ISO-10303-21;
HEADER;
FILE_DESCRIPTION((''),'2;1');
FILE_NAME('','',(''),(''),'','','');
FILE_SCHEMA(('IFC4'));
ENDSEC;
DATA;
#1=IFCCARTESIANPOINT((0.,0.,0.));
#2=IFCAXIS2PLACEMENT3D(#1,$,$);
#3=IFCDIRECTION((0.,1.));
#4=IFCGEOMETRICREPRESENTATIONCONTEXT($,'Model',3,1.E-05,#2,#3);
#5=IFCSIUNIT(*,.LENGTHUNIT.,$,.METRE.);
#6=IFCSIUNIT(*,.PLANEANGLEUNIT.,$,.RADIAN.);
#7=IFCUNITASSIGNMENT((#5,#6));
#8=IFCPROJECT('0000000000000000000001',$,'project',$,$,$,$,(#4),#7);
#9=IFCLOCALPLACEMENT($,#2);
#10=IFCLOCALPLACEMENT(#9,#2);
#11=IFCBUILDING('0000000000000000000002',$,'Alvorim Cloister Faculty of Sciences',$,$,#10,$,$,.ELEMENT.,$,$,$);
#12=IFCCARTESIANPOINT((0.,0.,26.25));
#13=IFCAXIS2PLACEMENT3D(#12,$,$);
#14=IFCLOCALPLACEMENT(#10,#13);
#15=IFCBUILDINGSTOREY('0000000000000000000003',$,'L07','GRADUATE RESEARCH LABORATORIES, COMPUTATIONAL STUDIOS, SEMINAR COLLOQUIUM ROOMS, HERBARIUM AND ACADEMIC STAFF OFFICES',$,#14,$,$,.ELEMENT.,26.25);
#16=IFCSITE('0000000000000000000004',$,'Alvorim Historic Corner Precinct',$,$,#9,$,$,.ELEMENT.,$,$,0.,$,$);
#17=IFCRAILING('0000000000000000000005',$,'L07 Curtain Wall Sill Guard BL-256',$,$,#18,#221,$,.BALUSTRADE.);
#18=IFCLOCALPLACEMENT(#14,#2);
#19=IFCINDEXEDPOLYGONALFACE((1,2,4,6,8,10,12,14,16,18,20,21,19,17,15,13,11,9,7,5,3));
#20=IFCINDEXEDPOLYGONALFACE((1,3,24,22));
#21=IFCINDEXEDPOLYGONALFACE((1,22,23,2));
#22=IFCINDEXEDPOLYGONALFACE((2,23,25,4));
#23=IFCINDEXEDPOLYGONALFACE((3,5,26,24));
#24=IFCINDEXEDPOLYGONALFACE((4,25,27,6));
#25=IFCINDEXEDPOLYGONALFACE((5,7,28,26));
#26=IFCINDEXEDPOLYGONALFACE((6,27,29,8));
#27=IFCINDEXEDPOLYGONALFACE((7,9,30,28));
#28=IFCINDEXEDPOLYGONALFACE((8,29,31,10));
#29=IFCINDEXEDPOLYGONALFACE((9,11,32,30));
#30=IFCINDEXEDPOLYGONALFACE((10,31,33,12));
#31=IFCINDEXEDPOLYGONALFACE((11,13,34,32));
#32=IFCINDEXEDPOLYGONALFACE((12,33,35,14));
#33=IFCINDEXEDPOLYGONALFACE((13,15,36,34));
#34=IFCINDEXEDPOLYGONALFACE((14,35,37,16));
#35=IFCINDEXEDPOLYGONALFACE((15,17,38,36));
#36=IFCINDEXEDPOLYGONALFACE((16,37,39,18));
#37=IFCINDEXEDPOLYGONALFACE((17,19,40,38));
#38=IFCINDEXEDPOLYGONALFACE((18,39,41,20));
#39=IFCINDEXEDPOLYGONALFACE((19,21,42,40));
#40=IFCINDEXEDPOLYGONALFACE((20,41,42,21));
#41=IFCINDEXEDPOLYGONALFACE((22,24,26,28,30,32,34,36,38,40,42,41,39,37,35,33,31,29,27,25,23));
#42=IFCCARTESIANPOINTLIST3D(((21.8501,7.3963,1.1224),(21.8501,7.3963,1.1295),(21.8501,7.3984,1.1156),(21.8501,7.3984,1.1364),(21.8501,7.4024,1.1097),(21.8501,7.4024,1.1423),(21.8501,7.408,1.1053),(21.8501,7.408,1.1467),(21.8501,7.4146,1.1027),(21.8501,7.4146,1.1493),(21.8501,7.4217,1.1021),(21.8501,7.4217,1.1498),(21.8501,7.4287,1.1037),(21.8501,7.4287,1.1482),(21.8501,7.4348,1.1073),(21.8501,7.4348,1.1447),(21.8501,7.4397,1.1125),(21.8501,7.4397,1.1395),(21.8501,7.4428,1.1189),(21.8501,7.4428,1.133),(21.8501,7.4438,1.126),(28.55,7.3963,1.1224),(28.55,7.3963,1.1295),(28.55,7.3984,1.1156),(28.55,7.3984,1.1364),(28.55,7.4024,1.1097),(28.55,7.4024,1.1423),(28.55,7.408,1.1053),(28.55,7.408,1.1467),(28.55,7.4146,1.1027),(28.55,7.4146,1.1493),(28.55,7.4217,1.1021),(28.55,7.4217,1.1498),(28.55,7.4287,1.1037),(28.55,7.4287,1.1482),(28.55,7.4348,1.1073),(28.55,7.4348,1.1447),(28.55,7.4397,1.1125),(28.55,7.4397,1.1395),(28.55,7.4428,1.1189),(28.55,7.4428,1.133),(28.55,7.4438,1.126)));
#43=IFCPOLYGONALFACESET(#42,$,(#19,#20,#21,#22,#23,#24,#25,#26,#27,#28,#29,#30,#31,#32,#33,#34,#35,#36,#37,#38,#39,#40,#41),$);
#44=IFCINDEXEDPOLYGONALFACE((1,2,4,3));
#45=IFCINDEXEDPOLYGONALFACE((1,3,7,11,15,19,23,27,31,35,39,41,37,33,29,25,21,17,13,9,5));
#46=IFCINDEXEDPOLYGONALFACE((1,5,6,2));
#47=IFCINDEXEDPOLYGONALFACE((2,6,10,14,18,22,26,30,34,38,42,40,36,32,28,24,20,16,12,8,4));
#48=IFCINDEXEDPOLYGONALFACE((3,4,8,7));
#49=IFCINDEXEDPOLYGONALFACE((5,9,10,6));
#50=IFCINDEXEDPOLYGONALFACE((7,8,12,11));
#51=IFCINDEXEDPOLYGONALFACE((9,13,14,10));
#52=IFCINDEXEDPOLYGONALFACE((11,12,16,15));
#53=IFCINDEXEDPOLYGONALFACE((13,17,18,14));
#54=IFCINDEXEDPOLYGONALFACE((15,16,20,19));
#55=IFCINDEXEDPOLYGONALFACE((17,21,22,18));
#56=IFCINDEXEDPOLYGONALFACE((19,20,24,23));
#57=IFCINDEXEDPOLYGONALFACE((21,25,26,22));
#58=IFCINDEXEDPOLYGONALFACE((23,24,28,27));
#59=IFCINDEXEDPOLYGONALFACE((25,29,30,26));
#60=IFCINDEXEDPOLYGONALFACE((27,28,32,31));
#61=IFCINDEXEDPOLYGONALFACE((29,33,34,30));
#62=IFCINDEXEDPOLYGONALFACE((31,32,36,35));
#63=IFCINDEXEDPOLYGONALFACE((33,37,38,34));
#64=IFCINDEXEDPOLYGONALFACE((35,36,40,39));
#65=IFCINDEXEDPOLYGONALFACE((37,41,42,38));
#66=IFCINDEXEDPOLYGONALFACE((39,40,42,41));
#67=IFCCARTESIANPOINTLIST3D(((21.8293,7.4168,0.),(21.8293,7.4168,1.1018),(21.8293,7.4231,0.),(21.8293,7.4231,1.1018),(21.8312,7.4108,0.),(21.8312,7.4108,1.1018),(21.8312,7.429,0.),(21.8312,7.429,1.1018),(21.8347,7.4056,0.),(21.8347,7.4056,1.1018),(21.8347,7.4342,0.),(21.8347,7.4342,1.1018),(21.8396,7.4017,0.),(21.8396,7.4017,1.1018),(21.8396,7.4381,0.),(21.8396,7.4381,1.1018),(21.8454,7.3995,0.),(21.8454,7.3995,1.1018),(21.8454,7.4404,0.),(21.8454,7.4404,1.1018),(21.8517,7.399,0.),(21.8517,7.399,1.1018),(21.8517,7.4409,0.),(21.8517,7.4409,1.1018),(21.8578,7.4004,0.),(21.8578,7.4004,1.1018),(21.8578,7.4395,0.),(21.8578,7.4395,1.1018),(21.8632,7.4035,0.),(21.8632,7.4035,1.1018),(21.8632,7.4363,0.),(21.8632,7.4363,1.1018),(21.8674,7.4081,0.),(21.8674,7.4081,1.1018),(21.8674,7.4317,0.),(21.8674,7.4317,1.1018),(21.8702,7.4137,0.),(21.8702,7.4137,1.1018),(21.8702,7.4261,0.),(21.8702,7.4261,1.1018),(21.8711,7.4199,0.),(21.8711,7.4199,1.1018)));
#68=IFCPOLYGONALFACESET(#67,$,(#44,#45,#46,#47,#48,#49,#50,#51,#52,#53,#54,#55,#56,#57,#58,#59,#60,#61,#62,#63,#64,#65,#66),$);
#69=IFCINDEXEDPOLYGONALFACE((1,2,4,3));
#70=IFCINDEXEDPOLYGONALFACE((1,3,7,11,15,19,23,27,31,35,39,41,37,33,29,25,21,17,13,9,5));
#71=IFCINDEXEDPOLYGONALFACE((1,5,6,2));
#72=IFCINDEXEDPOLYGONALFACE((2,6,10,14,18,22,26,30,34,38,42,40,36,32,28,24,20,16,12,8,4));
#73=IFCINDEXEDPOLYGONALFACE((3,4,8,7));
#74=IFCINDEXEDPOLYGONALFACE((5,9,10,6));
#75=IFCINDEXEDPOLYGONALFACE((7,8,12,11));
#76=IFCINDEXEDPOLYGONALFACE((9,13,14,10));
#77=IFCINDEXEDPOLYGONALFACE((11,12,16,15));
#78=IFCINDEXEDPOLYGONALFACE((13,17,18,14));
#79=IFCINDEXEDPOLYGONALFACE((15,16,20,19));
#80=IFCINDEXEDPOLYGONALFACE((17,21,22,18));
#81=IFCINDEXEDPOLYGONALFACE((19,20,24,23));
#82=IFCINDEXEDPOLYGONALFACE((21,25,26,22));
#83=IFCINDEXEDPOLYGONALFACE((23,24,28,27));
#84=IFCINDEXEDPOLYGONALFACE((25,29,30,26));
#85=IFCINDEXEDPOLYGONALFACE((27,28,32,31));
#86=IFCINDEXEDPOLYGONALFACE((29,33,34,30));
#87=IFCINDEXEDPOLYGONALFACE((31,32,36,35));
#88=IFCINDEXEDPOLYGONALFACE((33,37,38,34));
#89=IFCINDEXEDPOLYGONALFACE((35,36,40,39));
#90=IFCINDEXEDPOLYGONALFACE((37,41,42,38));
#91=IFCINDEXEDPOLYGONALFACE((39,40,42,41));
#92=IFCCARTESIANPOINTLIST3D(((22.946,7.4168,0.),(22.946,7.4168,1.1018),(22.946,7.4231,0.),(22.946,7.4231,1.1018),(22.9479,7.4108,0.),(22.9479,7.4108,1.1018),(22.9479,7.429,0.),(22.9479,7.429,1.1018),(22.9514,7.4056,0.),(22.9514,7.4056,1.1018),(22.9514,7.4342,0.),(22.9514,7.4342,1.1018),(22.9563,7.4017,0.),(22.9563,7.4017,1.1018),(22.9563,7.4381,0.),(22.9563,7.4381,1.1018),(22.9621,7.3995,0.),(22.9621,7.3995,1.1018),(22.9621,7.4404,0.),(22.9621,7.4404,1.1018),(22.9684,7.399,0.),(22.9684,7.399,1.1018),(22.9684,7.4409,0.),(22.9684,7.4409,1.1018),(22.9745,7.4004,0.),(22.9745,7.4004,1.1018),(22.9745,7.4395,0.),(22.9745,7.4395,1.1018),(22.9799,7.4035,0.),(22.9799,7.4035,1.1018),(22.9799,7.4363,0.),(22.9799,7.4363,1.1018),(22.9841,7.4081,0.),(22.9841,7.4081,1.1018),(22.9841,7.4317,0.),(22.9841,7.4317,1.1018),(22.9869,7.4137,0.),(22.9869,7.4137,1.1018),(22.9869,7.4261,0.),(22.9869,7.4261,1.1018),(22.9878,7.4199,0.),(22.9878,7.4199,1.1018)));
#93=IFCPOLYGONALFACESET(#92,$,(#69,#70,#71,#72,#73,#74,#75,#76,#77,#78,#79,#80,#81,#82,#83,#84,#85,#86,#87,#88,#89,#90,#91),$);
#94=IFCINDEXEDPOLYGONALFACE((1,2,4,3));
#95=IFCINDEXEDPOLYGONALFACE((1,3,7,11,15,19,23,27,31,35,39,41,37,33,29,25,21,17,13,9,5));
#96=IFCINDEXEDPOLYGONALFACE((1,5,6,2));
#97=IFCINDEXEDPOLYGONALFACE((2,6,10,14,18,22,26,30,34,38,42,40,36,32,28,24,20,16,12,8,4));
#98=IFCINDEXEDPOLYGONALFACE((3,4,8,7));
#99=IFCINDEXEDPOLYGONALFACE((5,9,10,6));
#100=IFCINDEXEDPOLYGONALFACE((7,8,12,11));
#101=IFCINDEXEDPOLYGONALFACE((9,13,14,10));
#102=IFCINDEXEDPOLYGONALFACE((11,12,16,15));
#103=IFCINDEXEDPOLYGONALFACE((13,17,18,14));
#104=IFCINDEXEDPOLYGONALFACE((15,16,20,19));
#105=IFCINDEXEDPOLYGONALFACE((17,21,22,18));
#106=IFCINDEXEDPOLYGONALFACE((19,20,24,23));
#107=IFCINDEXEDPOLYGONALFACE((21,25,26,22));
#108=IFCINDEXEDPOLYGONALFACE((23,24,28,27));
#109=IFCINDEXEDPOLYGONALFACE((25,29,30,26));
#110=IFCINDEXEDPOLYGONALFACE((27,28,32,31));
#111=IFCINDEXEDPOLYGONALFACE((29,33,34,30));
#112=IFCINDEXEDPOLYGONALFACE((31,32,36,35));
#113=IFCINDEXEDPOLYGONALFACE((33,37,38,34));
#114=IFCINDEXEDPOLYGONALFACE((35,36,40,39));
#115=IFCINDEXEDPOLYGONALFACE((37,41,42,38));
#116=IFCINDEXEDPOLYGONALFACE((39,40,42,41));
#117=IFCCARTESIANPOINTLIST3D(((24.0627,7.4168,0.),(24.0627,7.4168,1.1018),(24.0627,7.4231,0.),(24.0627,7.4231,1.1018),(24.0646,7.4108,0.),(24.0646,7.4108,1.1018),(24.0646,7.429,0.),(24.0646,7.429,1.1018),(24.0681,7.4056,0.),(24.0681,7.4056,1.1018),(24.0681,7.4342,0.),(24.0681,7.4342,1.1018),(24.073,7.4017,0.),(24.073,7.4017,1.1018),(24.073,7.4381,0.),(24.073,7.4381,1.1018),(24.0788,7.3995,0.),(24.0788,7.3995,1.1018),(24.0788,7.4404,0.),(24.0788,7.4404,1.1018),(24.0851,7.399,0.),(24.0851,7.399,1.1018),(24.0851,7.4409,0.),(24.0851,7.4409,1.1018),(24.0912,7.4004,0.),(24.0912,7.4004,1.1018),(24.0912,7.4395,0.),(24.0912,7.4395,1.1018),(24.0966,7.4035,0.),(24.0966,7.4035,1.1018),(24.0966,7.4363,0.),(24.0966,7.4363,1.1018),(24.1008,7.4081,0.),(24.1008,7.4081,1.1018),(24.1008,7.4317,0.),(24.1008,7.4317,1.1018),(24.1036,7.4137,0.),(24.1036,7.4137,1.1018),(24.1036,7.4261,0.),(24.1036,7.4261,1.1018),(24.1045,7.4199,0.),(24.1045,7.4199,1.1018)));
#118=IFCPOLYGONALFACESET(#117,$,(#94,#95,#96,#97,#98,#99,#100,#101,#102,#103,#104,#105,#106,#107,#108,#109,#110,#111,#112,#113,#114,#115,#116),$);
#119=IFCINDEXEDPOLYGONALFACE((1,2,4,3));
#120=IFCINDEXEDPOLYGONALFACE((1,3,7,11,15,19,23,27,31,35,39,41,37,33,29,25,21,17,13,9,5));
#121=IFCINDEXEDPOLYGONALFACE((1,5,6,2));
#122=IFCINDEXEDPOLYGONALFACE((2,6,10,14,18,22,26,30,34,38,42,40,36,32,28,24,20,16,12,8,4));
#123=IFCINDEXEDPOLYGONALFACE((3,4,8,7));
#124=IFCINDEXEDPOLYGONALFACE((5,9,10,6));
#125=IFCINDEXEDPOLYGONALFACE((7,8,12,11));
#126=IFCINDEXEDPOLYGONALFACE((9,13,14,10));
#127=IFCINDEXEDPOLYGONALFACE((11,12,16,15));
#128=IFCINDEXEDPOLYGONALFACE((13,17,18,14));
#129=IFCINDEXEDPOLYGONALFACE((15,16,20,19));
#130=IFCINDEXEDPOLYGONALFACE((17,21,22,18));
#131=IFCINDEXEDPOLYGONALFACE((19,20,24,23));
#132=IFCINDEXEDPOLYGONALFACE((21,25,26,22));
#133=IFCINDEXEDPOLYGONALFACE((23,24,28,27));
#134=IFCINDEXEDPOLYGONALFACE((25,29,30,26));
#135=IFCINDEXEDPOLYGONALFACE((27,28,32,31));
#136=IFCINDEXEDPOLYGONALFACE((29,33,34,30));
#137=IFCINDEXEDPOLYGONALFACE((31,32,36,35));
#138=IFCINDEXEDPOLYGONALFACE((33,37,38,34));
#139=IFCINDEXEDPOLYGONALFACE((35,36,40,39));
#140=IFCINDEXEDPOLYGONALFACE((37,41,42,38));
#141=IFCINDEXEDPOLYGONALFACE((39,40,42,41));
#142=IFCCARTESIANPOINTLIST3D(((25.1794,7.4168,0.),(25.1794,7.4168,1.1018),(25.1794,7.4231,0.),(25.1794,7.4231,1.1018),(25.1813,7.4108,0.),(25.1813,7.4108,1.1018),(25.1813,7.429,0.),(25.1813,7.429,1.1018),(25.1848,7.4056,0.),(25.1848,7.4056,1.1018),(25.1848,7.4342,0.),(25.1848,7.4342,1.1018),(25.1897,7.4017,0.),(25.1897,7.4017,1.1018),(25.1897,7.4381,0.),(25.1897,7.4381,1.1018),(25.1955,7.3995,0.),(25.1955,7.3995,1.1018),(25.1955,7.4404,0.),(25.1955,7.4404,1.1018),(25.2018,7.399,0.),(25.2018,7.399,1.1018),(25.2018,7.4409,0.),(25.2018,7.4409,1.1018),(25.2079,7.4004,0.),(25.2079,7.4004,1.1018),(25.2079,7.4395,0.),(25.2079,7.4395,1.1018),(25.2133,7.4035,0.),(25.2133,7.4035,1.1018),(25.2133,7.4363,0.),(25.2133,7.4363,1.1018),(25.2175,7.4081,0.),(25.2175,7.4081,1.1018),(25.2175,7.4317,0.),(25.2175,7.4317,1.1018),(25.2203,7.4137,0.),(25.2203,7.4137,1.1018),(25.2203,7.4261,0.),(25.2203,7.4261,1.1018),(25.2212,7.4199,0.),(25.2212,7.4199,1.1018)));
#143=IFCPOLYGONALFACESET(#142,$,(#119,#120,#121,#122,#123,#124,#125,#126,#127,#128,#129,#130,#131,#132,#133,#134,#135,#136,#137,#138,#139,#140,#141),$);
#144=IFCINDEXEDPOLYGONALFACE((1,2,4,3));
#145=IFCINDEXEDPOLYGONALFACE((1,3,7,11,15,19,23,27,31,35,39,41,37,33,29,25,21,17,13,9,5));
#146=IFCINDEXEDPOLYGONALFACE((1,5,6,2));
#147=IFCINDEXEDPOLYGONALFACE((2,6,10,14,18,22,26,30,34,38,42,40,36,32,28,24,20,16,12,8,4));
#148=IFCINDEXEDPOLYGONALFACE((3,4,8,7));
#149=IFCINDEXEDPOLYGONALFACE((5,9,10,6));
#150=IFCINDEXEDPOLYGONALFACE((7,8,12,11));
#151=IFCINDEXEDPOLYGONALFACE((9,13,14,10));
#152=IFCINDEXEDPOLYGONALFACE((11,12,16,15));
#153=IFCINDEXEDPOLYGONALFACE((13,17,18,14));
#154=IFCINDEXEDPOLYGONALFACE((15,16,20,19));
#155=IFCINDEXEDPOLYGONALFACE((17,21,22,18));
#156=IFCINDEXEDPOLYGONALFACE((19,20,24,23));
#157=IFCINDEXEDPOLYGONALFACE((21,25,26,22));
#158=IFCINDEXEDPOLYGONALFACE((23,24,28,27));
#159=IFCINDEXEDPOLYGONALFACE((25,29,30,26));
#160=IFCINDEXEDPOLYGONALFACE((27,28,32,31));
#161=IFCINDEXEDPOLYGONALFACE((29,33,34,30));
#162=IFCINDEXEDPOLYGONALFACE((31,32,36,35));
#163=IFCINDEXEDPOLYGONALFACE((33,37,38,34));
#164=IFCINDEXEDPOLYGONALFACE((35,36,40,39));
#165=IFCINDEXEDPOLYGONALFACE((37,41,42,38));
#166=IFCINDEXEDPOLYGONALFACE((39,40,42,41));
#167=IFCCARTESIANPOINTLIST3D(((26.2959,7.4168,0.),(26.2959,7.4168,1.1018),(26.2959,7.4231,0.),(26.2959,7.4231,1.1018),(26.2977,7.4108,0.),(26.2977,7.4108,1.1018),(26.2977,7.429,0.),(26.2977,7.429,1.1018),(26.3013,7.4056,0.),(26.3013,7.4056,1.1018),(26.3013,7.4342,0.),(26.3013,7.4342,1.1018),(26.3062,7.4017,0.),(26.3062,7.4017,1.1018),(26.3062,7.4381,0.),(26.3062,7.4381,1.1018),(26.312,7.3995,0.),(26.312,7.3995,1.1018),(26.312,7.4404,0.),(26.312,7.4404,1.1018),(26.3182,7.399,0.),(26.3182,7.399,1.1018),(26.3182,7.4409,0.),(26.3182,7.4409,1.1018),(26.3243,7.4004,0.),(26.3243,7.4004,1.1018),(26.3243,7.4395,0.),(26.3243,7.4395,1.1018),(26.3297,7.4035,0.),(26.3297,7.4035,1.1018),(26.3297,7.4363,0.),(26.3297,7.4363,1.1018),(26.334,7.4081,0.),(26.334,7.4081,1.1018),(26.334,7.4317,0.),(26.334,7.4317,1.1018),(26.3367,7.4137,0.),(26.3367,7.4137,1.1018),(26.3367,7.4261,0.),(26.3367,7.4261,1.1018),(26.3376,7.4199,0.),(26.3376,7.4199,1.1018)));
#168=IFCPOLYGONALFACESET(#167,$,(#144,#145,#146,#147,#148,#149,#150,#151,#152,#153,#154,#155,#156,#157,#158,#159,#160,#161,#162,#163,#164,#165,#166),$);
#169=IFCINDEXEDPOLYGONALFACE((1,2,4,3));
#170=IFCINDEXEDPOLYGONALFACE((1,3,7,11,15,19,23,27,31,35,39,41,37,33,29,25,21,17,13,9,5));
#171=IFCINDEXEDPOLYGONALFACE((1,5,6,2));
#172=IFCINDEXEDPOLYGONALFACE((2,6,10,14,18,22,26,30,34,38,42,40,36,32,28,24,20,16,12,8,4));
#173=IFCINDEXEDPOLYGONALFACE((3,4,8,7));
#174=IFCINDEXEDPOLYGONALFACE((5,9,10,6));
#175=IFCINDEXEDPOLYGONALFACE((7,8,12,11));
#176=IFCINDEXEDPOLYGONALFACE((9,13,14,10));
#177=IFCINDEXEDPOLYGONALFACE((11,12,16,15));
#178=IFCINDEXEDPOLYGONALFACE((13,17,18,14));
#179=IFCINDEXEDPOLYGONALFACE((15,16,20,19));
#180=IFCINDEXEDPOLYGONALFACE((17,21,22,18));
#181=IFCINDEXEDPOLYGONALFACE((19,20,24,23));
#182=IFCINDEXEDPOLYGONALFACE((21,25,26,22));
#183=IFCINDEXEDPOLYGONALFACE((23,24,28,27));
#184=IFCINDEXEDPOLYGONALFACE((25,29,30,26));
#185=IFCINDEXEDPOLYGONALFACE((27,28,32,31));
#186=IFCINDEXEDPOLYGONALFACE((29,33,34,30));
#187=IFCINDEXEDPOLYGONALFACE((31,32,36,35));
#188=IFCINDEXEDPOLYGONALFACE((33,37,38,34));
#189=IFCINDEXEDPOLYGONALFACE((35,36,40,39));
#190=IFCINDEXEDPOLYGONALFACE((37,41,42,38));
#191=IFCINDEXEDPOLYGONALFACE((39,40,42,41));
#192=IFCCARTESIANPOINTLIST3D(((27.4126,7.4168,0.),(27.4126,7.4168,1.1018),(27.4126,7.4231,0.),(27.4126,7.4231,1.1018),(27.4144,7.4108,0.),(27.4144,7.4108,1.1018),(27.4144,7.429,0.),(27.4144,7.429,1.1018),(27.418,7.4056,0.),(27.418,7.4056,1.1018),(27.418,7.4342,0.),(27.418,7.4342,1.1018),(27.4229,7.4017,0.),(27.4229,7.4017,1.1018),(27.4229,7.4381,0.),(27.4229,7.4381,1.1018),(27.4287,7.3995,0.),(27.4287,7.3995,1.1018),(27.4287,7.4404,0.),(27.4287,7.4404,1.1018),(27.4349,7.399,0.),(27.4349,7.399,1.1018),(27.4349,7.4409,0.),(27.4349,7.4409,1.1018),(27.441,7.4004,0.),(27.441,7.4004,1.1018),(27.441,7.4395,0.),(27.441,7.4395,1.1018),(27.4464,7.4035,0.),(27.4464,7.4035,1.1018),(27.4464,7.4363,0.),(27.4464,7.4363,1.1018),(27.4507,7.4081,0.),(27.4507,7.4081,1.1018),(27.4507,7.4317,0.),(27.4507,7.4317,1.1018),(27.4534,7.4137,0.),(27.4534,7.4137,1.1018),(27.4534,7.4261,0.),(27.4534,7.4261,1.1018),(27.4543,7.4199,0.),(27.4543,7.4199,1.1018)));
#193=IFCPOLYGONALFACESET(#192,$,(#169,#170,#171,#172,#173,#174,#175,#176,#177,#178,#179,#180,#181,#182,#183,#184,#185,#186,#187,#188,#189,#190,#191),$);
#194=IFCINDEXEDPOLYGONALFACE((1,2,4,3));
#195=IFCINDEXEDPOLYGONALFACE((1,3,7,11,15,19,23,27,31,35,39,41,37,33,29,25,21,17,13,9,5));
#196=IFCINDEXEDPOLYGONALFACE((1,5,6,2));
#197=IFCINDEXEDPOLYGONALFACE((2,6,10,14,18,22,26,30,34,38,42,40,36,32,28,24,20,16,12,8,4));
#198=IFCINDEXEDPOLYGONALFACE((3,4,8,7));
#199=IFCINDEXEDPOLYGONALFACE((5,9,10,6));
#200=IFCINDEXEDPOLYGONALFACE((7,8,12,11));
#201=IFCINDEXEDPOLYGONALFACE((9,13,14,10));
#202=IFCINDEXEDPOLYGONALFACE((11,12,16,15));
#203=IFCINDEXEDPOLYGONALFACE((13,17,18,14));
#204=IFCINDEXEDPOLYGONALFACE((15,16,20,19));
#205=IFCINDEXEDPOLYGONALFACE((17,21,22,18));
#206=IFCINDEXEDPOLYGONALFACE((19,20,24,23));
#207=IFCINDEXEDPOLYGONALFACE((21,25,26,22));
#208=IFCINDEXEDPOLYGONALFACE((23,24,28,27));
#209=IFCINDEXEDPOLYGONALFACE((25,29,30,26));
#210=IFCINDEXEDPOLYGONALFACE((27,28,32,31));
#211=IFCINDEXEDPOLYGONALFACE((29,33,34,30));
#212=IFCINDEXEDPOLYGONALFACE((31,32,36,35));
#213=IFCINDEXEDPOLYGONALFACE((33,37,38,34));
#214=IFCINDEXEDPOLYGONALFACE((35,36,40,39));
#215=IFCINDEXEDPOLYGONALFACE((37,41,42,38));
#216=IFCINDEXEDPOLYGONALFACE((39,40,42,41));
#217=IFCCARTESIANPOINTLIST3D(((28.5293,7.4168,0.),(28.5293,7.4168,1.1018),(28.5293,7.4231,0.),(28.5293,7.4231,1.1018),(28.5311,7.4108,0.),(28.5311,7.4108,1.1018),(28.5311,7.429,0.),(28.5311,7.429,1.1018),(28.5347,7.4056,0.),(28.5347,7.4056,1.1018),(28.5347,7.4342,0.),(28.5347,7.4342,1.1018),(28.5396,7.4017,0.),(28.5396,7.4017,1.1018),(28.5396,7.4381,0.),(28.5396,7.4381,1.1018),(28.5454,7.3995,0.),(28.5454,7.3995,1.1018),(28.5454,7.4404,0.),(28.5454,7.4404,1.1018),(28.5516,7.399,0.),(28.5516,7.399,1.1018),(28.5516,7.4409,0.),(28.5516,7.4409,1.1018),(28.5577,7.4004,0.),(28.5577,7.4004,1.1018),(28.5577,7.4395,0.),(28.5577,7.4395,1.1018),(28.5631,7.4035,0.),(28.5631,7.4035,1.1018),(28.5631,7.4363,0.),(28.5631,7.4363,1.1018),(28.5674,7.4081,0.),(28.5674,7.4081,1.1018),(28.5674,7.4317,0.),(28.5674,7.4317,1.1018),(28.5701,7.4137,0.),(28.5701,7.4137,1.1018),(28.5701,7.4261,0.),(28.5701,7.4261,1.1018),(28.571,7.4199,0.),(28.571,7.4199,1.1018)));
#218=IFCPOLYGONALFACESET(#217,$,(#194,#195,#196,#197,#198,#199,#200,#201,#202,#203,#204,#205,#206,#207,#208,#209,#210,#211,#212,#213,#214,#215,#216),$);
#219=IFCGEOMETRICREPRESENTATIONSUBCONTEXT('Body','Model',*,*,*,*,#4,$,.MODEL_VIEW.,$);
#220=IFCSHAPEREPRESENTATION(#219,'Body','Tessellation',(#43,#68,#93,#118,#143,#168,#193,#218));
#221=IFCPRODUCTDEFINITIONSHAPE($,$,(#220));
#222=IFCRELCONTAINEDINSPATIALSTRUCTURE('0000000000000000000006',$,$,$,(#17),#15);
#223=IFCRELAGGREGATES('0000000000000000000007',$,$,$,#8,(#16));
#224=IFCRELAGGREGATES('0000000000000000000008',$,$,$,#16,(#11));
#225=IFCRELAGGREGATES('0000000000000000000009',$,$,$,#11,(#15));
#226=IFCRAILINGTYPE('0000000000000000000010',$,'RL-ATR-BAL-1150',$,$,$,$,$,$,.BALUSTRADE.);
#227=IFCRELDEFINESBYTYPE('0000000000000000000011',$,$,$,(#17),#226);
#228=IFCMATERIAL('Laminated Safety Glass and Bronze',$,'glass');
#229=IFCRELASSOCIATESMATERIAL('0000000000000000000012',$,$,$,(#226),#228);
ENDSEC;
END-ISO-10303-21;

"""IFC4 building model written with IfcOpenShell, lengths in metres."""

from ifc_helpers import new_model, si_unit, direction, frame, origin, origin_2d, place, context, subcontext, project, spatial, circle, extrude, material, type_object, element, save


model = new_model("IFC4")

# Units and contexts
model_context = context("Model", 3, precision=1e-05, world=origin(), true_north=direction((0.0, 1.0)))
body_context = subcontext(model_context, "Body", "Model", "MODEL_VIEW")
ifc_project = project(units=[si_unit("LENGTHUNIT", "METRE"), si_unit("PLANEANGLEUNIT", "RADIAN")], contexts=[model_context])

# Site, building, storey
site_placement = place(None, origin())
site = spatial("IfcSite", under=ifc_project, at=site_placement, Name="Alvorim Historic Corner Precinct", CompositionType="ELEMENT", RefElevation=0.0)
building_placement = place(site_placement, origin())
building = spatial("IfcBuilding", under=site, at=building_placement, Name="Alvorim Cloister Faculty of Sciences", CompositionType="ELEMENT")
storey_placement = place(building_placement, frame((0.0, 0.0, 26.25)))
storey = spatial("IfcBuildingStorey", under=building, at=storey_placement, Name="L07", Description="GRADUATE RESEARCH LABORATORIES, COMPUTATIONAL STUDIOS, SEMINAR COLLOQUIUM ROOMS, HERBARIUM AND ACADEMIC STAFF OFFICES", CompositionType="ELEMENT", Elevation=26.25)

# Railing
ifc_material_1 = material(Name="Laminated Safety Glass and Bronze", Category="glass")
railing_type = type_object("IfcRailingType", Name="RL-ATR-BAL-1150", PredefinedType="BALUSTRADE", material=ifc_material_1)
railing_placement = place(storey_placement, frame((21.8501, 7.4199, 0.0)))
element("IfcRailing", 1, at=railing_placement, inside=storey, type_object=railing_type, Name="L07 Curtain Wall Sill Guard BL-256", PredefinedType="BALUSTRADE", context=body_context, shape_type="SweptSolid", body=[
    extrude(circle(Radius=0.0239, at=origin_2d()), frame((0.0, 0.0, 1.126), z_axis=(1.0, 0.0, 0.0), x_axis=(0.0, 1.0, 0.0)), (0.0, 0.0, 1.0), 6.7),
    extrude(circle(Radius=0.021, at=origin_2d()), origin(), (0.0, 0.0, 1.0), 1.1018),
    extrude(circle(Radius=0.021, at=origin_2d()), frame((1.1167, 0.0, 0.0)), (0.0, 0.0, 1.0), 1.1018),
    extrude(circle(Radius=0.021, at=origin_2d()), frame((2.2334, 0.0, 0.0)), (0.0, 0.0, 1.0), 1.1018),
    extrude(circle(Radius=0.021, at=origin_2d()), frame((3.3501, 0.0, 0.0)), (0.0, 0.0, 1.0), 1.1018),
    extrude(circle(Radius=0.021, at=origin_2d()), frame((4.4666, 0.0, 0.0)), (0.0, 0.0, 1.0), 1.1018),
    extrude(circle(Radius=0.021, at=origin_2d()), frame((5.5833, 0.0, 0.0)), (0.0, 0.0, 1.0), 1.1018),
    extrude(circle(Radius=0.021, at=origin_2d()), frame((6.7, 0.0, 0.0)), (0.0, 0.0, 1.0), 1.1018),
])

save(model, "model.ifc")
